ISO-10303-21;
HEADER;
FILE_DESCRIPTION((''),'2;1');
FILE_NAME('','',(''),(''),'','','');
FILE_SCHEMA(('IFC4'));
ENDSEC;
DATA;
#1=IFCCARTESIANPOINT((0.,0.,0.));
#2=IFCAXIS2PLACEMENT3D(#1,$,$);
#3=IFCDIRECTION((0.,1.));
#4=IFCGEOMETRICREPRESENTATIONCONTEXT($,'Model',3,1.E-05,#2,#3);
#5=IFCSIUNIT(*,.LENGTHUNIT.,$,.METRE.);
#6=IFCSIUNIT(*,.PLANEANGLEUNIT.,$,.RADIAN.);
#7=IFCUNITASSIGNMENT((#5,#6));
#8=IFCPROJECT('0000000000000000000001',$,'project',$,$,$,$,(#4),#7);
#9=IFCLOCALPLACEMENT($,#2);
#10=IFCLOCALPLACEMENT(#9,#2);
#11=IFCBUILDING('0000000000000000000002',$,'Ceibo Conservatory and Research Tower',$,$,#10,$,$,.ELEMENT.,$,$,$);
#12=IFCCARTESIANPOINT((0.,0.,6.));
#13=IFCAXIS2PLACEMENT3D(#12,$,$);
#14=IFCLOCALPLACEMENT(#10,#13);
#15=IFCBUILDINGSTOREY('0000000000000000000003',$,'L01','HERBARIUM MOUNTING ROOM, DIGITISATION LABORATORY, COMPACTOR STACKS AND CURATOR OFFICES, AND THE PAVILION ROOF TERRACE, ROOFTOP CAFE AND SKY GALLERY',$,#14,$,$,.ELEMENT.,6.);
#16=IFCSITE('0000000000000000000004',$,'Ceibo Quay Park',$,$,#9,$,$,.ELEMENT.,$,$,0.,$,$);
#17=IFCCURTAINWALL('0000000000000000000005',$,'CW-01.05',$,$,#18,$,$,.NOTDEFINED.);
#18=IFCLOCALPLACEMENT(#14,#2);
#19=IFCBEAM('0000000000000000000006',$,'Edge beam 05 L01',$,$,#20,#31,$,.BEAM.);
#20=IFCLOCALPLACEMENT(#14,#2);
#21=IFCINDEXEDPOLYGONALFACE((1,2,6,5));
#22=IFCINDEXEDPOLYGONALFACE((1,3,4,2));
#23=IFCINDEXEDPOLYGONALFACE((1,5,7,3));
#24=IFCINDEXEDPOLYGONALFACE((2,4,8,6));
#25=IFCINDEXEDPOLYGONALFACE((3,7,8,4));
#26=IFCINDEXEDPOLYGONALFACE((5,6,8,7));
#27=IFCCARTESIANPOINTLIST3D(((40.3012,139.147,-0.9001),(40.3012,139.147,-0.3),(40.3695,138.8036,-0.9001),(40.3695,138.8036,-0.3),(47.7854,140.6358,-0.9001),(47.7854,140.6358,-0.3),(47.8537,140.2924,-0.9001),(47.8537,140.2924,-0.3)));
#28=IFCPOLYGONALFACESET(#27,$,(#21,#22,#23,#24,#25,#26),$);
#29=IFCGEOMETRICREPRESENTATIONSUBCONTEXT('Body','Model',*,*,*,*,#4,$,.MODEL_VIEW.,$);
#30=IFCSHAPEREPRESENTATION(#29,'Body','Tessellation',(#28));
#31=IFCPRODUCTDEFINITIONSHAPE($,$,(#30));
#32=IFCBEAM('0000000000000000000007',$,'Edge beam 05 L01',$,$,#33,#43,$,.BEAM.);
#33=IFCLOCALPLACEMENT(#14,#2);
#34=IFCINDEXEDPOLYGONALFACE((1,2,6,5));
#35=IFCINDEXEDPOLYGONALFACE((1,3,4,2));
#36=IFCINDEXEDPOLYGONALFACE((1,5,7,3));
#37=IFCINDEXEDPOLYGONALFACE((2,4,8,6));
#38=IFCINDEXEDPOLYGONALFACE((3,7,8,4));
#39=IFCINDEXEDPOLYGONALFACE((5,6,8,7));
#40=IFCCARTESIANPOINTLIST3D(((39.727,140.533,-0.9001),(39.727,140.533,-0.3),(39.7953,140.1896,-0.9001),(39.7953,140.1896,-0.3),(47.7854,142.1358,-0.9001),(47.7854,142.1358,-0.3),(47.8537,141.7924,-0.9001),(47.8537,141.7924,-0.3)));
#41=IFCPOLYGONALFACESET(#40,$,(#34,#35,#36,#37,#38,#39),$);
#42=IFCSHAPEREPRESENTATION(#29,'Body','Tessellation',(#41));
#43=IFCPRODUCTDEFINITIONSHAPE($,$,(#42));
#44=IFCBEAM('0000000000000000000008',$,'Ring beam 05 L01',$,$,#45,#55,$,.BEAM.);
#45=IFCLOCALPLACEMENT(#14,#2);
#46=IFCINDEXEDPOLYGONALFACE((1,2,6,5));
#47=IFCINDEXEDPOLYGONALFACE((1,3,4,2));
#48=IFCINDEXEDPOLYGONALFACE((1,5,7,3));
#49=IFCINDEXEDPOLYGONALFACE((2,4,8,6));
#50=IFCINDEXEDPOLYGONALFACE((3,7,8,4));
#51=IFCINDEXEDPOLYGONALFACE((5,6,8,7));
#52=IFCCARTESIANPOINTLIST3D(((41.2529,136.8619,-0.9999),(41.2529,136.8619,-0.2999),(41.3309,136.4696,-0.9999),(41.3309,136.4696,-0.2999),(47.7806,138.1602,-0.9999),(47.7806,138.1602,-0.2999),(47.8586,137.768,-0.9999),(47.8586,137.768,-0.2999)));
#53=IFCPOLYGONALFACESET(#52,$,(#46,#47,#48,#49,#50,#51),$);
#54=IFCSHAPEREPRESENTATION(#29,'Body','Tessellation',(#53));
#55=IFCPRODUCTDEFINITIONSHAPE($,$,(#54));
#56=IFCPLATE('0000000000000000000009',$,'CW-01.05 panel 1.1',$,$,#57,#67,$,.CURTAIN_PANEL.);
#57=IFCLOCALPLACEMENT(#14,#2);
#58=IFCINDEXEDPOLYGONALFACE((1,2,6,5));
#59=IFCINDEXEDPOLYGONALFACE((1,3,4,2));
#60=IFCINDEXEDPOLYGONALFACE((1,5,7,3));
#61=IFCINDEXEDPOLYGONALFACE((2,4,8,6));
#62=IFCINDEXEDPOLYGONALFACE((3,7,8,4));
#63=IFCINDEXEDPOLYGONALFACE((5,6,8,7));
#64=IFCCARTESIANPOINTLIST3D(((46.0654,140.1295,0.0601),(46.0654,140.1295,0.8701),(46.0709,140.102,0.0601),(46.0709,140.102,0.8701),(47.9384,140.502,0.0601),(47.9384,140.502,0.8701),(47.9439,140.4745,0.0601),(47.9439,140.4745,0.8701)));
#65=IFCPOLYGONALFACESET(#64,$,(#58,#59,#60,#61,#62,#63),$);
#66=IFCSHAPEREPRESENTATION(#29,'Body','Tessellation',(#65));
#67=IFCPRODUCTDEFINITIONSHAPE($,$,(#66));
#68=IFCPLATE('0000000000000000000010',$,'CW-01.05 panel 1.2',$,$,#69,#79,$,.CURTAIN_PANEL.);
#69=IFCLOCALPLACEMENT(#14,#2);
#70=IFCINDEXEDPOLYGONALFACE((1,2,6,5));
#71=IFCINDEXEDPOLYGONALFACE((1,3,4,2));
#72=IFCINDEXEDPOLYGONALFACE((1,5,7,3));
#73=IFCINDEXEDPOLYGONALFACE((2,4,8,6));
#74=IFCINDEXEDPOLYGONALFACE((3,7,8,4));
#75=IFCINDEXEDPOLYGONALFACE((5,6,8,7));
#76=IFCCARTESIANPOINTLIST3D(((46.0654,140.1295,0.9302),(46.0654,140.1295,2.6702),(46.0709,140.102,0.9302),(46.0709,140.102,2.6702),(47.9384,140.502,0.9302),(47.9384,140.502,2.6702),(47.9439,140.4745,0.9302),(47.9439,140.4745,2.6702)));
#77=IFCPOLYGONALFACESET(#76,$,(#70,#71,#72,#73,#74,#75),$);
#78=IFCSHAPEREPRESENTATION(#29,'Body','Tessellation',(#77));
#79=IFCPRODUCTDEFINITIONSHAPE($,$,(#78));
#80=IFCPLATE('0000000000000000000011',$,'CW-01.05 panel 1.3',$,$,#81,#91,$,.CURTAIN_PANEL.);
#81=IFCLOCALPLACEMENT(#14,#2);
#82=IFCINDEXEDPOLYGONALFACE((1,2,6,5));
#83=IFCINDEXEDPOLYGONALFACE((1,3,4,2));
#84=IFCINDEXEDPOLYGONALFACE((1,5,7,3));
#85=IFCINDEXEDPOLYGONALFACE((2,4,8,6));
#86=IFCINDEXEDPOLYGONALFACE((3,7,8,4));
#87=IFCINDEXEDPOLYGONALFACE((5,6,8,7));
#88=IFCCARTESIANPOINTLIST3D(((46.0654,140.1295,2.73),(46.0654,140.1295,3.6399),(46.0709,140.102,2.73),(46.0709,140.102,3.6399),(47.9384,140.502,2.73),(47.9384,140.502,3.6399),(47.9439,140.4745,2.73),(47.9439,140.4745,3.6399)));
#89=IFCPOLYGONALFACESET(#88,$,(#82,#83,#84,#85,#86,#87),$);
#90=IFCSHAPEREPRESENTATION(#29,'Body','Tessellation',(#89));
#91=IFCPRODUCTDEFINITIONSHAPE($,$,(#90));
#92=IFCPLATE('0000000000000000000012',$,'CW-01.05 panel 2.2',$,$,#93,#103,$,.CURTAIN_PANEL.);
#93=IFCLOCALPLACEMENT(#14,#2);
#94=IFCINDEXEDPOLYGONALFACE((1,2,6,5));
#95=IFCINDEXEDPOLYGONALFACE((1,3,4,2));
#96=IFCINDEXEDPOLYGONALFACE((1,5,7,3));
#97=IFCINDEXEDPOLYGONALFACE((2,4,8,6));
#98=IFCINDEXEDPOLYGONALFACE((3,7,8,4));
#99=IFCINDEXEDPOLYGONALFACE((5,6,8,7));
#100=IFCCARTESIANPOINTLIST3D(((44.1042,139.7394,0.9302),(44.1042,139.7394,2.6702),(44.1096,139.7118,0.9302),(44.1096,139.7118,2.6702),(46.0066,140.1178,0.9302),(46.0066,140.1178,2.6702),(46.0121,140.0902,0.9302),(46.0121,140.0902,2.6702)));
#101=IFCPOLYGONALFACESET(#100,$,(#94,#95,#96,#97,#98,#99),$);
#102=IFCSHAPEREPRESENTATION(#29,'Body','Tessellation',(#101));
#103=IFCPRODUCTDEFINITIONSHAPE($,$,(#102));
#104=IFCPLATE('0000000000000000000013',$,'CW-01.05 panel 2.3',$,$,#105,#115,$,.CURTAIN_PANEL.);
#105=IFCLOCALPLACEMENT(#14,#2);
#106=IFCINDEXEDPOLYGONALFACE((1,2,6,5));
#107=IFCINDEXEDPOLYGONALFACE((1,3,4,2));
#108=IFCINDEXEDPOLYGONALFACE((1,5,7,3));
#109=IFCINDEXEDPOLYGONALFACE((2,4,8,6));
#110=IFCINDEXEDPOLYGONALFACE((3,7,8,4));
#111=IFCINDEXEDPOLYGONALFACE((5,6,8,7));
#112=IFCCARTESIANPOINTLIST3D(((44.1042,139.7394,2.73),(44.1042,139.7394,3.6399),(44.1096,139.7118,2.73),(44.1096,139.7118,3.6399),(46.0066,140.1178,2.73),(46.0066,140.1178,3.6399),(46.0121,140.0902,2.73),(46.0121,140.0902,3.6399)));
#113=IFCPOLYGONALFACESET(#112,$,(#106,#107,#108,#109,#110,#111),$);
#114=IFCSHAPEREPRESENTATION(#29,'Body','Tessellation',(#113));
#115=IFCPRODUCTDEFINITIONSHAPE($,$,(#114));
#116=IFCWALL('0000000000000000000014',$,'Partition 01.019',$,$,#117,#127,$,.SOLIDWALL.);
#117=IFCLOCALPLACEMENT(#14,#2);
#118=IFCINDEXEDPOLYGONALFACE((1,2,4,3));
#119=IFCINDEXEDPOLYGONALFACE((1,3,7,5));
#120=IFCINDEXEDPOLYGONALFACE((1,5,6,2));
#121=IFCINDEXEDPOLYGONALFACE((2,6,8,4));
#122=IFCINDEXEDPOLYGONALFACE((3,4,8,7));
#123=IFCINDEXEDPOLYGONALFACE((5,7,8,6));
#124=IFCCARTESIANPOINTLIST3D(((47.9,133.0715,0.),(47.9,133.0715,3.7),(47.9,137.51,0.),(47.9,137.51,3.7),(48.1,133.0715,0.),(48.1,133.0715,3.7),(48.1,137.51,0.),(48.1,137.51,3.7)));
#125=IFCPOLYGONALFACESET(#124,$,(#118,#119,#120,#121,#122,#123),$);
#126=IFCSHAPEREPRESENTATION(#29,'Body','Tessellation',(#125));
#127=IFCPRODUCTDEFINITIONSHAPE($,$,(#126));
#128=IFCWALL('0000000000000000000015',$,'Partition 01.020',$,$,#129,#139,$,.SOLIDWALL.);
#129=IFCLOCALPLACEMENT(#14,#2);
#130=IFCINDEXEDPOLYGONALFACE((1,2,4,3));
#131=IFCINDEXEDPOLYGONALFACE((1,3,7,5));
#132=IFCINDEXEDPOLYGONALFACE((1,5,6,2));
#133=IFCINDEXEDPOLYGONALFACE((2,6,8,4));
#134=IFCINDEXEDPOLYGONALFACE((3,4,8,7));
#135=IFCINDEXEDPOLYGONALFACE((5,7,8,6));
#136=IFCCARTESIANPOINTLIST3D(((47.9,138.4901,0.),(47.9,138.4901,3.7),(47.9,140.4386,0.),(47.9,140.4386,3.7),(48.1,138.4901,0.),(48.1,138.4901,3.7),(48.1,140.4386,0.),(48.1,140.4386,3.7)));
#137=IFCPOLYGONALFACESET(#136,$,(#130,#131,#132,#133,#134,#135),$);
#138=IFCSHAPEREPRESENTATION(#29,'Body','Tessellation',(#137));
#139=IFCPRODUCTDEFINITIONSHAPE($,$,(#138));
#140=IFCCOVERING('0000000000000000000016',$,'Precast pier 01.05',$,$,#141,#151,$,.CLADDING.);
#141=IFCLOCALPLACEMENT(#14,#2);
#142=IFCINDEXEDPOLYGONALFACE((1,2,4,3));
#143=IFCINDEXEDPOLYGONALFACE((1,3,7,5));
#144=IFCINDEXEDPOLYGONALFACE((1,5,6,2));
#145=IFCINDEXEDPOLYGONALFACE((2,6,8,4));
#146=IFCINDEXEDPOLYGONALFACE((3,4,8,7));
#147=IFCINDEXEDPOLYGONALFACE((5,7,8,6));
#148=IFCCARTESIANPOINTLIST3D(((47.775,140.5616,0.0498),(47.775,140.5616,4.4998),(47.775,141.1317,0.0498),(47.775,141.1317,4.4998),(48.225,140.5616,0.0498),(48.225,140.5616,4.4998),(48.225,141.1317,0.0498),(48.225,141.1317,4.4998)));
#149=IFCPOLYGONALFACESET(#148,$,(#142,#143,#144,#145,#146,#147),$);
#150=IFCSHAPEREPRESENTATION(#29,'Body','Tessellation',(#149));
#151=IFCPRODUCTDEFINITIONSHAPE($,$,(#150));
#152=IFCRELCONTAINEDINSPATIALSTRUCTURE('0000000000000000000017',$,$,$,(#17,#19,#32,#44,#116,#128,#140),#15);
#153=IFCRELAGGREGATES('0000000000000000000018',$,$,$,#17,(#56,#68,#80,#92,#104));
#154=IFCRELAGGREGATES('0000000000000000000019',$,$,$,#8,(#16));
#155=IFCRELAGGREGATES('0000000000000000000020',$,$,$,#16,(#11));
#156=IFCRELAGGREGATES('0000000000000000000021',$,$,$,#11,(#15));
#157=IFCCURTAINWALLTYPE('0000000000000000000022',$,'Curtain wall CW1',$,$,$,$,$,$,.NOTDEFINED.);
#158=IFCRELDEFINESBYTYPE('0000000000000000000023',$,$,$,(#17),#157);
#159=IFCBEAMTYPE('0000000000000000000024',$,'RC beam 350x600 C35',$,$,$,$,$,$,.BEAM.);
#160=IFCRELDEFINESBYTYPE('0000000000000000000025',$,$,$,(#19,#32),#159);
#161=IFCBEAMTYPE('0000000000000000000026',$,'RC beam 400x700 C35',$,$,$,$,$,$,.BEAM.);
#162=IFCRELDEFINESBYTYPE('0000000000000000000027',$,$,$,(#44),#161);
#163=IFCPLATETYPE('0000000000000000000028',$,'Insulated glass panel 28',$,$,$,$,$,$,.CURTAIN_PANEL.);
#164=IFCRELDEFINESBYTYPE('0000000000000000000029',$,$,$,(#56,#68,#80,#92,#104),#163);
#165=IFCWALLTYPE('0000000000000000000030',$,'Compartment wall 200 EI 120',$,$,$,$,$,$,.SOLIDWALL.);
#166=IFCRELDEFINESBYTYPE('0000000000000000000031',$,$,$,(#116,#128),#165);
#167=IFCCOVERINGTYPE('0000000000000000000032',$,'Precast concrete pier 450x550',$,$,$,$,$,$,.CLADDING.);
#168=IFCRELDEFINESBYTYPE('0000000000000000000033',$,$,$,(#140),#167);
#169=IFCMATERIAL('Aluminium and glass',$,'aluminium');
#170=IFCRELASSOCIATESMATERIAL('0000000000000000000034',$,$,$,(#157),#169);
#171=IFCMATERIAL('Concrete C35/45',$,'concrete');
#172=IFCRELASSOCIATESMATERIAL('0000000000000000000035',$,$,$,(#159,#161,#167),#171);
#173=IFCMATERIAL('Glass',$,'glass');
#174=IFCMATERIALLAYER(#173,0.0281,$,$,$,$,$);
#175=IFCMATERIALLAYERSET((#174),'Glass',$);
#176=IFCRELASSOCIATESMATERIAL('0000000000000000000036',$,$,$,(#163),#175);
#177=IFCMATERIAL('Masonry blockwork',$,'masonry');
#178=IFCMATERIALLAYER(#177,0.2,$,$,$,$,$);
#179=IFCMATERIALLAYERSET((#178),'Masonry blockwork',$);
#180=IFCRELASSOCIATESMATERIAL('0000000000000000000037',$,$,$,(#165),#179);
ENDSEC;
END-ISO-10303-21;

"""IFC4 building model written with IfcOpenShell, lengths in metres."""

from ifc_helpers import new_model, si_unit, direction, frame, frame_2d, origin, origin_2d, place, context, subcontext, project, spatial, rectangle, extrude, material, layer, layer_set, material_profile, profile_set, type_object, element, aggregate, save


model = new_model("IFC4")

# Units and contexts
model_context = context("Model", 3, precision=1e-05, world=origin(), true_north=direction((0.0, 1.0)))
body_context = subcontext(model_context, "Body", "Model", "MODEL_VIEW")
ifc_project = project(units=[si_unit("LENGTHUNIT", "METRE"), si_unit("PLANEANGLEUNIT", "RADIAN")], contexts=[model_context])

# Site, building, storey
site_placement = place(None, origin())
site = spatial("IfcSite", under=ifc_project, at=site_placement, Name="Ceibo Quay Park", CompositionType="ELEMENT", RefElevation=0.0)
building_placement = place(site_placement, origin())
building = spatial("IfcBuilding", under=site, at=building_placement, Name="Ceibo Conservatory and Research Tower", CompositionType="ELEMENT")
storey_placement = place(building_placement, frame((0.0, 0.0, 6.0)))
storey = spatial("IfcBuildingStorey", under=building, at=storey_placement, Name="L01", Description="HERBARIUM MOUNTING ROOM, DIGITISATION LABORATORY, COMPACTOR STACKS AND CURATOR OFFICES, AND THE PAVILION ROOF TERRACE, ROOFTOP CAFE AND SKY GALLERY", CompositionType="ELEMENT", Elevation=6.0)

# Curtain wall
ifc_material_1 = material(Name="Aluminium and glass", Category="aluminium")
curtain_wall_type = type_object("IfcCurtainWallType", Name="Curtain wall CW1", PredefinedType="NOTDEFINED", material=ifc_material_1)
curtain_wall_placement = place(storey_placement, origin())
curtain_wall = element("IfcCurtainWall", 1, at=curtain_wall_placement, inside=storey, type_object=curtain_wall_type, Name="CW-01.05", PredefinedType="NOTDEFINED")

# Beams
ifc_material_2 = material(Name="Concrete C35/45", Category="concrete")
ifc_material_profile_1 = material_profile(ifc_material_2, rectangle(XDim=0.3501, YDim=0.6001, at=origin_2d()), Name="RC 350x600")
ifc_profile_set_1 = profile_set([ifc_material_profile_1], Name="Concrete C35/45")
beam_type_1 = type_object("IfcBeamType", Name="RC beam 350x600 C35", PredefinedType="BEAM", material=ifc_profile_set_1)
beam_1_placement = place(storey_placement, frame((47.8196, 140.4641, -0.6001), z_axis=(-0.980783, -0.195101, 0.0), x_axis=(0.195101, -0.980783, 0.0)))
element("IfcBeam", 2, at=beam_1_placement, inside=storey, type_object=beam_type_1, Name="Edge beam 05 L01", PredefinedType="BEAM", context=body_context, shape_type="SweptSolid", body=[
    extrude(rectangle(XDim=0.3501, YDim=0.6001, at=origin_2d()), origin(), (0.0, 0.0, 1.0), 7.6309),
])
beam_2_placement = place(storey_placement, frame((47.8196, 141.9641, -0.6001), z_axis=(-0.980788, -0.195076, 0.0), x_axis=(0.195076, -0.980788, 0.0)))
element("IfcBeam", 3, at=beam_2_placement, inside=storey, type_object=beam_type_1, Name="Edge beam 05 L01", PredefinedType="BEAM", context=body_context, shape_type="SweptSolid", body=[
    extrude(rectangle(XDim=0.3501, YDim=0.6001, at=origin_2d()), origin(), (0.0, 0.0, 1.0), 8.2163),
])
ifc_material_profile_2 = material_profile(ifc_material_2, rectangle(XDim=0.3999, YDim=0.7, at=origin_2d()), Name="RC 400x700")
ifc_profile_set_2 = profile_set([ifc_material_profile_2], Name="Concrete C35/45")
beam_type_2 = type_object("IfcBeamType", Name="RC beam 400x700 C35", PredefinedType="BEAM", material=ifc_profile_set_2)
beam_3_placement = place(storey_placement, frame((47.8196, 137.9641, -0.6499), z_axis=(-0.980788, -0.195079, 0.0), x_axis=(0.195079, -0.980788, 0.0)))
element("IfcBeam", 4, at=beam_3_placement, inside=storey, type_object=beam_type_2, Name="Ring beam 05 L01", PredefinedType="BEAM", context=body_context, shape_type="SweptSolid", body=[
    extrude(rectangle(XDim=0.3999, YDim=0.7, at=origin_2d()), origin(), (0.0, 0.0, 1.0), 6.6555),
])

# Plates
ifc_material_3 = material(Name="Glass", Category="glass")
ifc_layer_1 = layer(ifc_material_3, 0.0281)
ifc_layer_set_1 = layer_set([ifc_layer_1], Name="Glass")
plate_type = type_object("IfcPlateType", Name="Insulated glass panel 28", PredefinedType="CURTAIN_PANEL", material=ifc_layer_set_1)
plate_1_placement = place(storey_placement, frame((47.0046, 140.302, 0.0601), z_axis=(0.0, 0.0, 1.0), x_axis=(-0.980785, -0.19509, 0.0)))
plate_1 = element("IfcPlate", 5, at=plate_1_placement, type_object=plate_type, Name="CW-01.05 panel 1.1", PredefinedType="CURTAIN_PANEL", context=body_context, shape_type="SweptSolid", body=[
    extrude(rectangle(XDim=1.9097, YDim=0.0281, at=origin_2d()), origin(), (0.0, 0.0, 1.0), 0.8101),
])
plate_2_placement = place(storey_placement, frame((47.0046, 140.302, 0.9302), z_axis=(0.0, 0.0, 1.0), x_axis=(-0.980785, -0.19509, 0.0)))
plate_2 = element("IfcPlate", 6, at=plate_2_placement, type_object=plate_type, Name="CW-01.05 panel 1.2", PredefinedType="CURTAIN_PANEL", context=body_context, shape_type="SweptSolid", body=[
    extrude(rectangle(XDim=1.9097, YDim=0.0281, at=origin_2d()), origin(), (0.0, 0.0, 1.0), 1.74),
])
plate_3_placement = place(storey_placement, frame((47.0046, 140.302, 2.73), z_axis=(0.0, 0.0, 1.0), x_axis=(-0.980785, -0.19509, 0.0)))
plate_3 = element("IfcPlate", 7, at=plate_3_placement, type_object=plate_type, Name="CW-01.05 panel 1.3", PredefinedType="CURTAIN_PANEL", context=body_context, shape_type="SweptSolid", body=[
    extrude(rectangle(XDim=1.9097, YDim=0.0281, at=origin_2d()), origin(), (0.0, 0.0, 1.0), 0.9099),
])
plate_4_placement = place(storey_placement, frame((45.0581, 139.9148, 0.9302), z_axis=(0.0, 0.0, 1.0), x_axis=(-0.980785, -0.19509, 0.0)))
plate_4 = element("IfcPlate", 8, at=plate_4_placement, type_object=plate_type, Name="CW-01.05 panel 2.2", PredefinedType="CURTAIN_PANEL", context=body_context, shape_type="SweptSolid", body=[
    extrude(rectangle(XDim=1.9397, YDim=0.0281, at=origin_2d()), origin(), (0.0, 0.0, 1.0), 1.74),
])
plate_5_placement = place(storey_placement, frame((45.0581, 139.9148, 2.73), z_axis=(0.0, 0.0, 1.0), x_axis=(-0.980785, -0.19509, 0.0)))
plate_5 = element("IfcPlate", 9, at=plate_5_placement, type_object=plate_type, Name="CW-01.05 panel 2.3", PredefinedType="CURTAIN_PANEL", context=body_context, shape_type="SweptSolid", body=[
    extrude(rectangle(XDim=1.9397, YDim=0.0281, at=origin_2d()), origin(), (0.0, 0.0, 1.0), 0.9099),
])
aggregate(curtain_wall, [plate_1, plate_2, plate_3, plate_4, plate_5])

# Walls
ifc_material_4 = material(Name="Masonry blockwork", Category="masonry")
ifc_layer_2 = layer(ifc_material_4, 0.2)
ifc_layer_set_2 = layer_set([ifc_layer_2], Name="Masonry blockwork")
wall_type = type_object("IfcWallType", Name="Compartment wall 200 EI 120", PredefinedType="SOLIDWALL", material=ifc_layer_set_2)
wall_1_placement = place(storey_placement, frame((48.0, 137.51, 0.0), z_axis=(0.0, 0.0, 1.0), x_axis=(0.0, -1.0, 0.0)))
element("IfcWall", 10, at=wall_1_placement, inside=storey, type_object=wall_type, Name="Partition 01.019", PredefinedType="SOLIDWALL", context=body_context, shape_type="SweptSolid", body=[
    extrude(rectangle(XDim=4.4385, YDim=0.2, at=frame_2d((2.2192, 0.0))), origin(), (0.0, 0.0, 1.0), 3.7),
])
wall_2_placement = place(storey_placement, frame((48.0, 140.4385, 0.0), z_axis=(0.0, 0.0, 1.0), x_axis=(0.0, -1.0, 0.0)))
element("IfcWall", 11, at=wall_2_placement, inside=storey, type_object=wall_type, Name="Partition 01.020", PredefinedType="SOLIDWALL", context=body_context, shape_type="SweptSolid", body=[
    extrude(rectangle(XDim=1.9485, YDim=0.2, at=frame_2d((0.9741, 0.0))), origin(), (0.0, 0.0, 1.0), 3.7),
])

# Covering
covering_type = type_object("IfcCoveringType", Name="Precast concrete pier 450x550", PredefinedType="CLADDING", material=ifc_material_2)
covering_placement = place(storey_placement, frame((48.0, 140.8467, 0.0498), z_axis=(0.0, 0.0, 1.0), x_axis=(0.0, 1.0, 0.0)))
element("IfcCovering", 12, at=covering_placement, inside=storey, type_object=covering_type, Name="Precast pier 01.05", PredefinedType="CLADDING", context=body_context, shape_type="SweptSolid", body=[
    extrude(rectangle(XDim=0.5701, YDim=0.45, at=origin_2d()), origin(), (0.0, 0.0, 1.0), 4.45),
])

save(model, "model.ifc")
